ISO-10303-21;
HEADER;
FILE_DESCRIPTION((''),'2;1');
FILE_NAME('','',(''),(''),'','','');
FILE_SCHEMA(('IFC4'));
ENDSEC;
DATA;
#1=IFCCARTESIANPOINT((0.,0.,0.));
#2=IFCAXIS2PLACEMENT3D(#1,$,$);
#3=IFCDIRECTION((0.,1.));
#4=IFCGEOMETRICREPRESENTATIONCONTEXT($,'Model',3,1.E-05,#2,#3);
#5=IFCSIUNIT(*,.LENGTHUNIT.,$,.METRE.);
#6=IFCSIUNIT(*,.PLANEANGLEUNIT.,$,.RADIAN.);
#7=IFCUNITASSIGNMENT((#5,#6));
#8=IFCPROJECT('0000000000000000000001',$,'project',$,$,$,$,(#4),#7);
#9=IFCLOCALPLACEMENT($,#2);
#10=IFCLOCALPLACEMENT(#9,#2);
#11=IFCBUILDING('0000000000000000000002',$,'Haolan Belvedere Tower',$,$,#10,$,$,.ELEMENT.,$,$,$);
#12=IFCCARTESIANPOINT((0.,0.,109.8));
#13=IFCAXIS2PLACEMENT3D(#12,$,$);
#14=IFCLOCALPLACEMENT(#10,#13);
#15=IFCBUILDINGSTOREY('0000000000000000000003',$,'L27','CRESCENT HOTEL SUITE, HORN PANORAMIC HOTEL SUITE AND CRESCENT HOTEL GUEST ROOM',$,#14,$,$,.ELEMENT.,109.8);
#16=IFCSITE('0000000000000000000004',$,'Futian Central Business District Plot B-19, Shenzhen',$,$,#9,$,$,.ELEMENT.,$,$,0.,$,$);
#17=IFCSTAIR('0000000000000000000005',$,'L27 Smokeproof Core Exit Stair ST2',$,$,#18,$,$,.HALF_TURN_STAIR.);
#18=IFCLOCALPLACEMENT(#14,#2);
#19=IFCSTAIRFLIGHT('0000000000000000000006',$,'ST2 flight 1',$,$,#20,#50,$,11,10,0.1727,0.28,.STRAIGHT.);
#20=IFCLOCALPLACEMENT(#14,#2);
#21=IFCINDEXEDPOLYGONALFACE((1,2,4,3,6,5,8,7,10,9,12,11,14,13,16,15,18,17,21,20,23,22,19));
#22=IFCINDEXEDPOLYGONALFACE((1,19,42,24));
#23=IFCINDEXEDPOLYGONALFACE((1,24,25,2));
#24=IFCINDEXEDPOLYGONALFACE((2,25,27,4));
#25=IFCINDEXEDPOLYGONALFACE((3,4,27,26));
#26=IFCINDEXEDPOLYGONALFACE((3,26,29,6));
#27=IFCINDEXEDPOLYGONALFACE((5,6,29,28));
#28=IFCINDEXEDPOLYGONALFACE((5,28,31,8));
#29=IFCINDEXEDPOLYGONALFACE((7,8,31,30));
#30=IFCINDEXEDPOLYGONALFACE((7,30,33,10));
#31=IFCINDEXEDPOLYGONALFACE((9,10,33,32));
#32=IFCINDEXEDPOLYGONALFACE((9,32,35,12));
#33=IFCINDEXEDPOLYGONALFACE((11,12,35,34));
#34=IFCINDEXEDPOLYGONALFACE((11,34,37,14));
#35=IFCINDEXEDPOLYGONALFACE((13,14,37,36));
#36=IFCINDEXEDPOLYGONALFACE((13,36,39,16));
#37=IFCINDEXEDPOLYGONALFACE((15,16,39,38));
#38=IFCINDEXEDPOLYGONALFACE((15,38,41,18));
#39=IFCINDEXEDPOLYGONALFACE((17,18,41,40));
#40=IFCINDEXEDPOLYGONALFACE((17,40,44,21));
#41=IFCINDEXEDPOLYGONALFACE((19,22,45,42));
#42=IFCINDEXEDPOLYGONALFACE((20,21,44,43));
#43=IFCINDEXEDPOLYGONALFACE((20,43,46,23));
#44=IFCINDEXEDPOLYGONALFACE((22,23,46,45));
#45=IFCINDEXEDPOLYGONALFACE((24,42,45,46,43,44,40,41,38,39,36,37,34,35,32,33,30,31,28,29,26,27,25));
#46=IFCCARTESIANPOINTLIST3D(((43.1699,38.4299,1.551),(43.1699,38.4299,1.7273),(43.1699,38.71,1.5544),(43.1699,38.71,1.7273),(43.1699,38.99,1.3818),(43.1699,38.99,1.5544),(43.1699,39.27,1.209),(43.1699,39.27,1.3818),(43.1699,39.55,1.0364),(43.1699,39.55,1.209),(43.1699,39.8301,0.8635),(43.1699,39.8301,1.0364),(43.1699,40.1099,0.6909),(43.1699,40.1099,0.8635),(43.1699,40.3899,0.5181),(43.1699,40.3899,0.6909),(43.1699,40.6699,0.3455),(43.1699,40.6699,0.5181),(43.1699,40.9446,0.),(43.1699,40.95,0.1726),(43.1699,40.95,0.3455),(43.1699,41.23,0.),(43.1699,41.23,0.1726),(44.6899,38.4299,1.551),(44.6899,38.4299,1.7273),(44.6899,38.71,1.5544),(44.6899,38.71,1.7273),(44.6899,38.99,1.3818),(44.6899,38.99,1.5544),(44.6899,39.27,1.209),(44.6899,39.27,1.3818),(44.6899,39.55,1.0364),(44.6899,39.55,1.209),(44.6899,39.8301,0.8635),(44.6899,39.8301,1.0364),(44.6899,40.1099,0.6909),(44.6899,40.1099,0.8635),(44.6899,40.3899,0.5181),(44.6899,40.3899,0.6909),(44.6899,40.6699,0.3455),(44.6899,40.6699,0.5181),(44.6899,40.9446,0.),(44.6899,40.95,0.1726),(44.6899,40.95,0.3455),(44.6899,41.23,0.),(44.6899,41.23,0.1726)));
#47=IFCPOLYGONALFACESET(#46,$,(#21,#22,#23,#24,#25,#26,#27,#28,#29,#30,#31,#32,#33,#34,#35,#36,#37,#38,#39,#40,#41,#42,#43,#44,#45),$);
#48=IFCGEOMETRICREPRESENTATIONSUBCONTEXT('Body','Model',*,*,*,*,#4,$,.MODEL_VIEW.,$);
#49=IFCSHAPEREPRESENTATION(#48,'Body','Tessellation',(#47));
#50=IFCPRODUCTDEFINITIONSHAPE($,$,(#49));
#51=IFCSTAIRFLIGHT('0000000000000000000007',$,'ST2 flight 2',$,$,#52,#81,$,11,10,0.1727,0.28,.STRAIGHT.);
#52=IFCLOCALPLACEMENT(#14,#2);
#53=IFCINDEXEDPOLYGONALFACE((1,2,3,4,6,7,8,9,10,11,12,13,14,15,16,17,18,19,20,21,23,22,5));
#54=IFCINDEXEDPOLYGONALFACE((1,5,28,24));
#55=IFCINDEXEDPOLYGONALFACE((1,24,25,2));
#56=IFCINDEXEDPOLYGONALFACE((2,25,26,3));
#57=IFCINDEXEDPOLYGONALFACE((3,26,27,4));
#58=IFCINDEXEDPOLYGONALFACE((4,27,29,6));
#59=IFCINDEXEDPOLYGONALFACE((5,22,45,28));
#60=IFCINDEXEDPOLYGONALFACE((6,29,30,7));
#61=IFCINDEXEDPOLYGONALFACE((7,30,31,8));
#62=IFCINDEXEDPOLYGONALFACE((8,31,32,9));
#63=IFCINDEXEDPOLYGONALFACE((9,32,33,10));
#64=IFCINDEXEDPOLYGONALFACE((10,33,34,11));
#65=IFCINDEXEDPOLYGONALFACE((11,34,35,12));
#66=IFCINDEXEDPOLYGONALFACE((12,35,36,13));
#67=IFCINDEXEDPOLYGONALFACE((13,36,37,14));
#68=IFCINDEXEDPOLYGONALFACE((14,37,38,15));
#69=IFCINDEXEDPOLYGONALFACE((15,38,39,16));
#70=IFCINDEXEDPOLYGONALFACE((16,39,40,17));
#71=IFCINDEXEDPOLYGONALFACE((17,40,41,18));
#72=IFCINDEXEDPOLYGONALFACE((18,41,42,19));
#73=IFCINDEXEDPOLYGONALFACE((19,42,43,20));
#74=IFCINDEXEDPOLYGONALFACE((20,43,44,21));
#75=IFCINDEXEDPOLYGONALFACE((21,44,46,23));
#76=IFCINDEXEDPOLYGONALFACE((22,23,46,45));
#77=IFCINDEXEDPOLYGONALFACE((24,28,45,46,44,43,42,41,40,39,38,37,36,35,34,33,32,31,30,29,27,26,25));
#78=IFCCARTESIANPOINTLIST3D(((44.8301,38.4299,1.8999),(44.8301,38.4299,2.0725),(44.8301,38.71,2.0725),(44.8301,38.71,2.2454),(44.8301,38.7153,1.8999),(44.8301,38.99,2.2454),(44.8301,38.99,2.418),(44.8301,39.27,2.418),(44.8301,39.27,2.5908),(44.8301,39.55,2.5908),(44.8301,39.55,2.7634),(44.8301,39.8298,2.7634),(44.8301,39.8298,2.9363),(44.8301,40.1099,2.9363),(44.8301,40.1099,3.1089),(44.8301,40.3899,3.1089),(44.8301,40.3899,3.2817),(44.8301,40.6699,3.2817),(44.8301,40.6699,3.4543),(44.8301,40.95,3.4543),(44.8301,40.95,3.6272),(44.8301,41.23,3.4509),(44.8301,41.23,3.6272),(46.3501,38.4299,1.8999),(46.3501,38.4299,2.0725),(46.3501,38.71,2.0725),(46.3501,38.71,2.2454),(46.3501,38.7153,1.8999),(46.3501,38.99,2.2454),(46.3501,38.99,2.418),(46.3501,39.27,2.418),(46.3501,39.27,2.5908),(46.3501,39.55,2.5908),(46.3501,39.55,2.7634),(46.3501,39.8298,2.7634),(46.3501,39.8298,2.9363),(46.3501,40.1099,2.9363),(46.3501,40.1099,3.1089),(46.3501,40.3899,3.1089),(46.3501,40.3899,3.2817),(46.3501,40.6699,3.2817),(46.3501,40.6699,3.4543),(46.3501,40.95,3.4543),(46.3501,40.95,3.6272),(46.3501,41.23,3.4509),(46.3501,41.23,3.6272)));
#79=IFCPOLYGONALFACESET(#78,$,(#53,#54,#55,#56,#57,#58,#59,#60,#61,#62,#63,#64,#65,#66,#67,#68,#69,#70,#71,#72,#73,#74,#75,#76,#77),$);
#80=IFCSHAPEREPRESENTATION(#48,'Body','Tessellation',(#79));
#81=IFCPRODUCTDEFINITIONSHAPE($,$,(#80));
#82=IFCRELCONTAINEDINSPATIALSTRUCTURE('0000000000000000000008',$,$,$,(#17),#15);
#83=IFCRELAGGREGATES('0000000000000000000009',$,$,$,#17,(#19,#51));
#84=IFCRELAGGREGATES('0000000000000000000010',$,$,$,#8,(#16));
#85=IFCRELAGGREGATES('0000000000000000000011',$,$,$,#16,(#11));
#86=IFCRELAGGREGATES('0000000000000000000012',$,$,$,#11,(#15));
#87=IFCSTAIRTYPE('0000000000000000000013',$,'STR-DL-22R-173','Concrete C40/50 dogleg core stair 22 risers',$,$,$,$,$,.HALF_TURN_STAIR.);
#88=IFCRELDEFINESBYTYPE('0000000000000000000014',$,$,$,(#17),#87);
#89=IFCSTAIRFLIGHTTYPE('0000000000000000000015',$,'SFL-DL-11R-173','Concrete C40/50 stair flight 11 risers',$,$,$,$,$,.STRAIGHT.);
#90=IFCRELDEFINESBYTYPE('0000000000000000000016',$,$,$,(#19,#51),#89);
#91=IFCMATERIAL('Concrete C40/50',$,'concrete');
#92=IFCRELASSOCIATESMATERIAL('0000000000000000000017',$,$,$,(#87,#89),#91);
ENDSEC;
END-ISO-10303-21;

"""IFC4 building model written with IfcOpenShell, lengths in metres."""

from ifc_helpers import new_model, si_unit, direction, frame, origin, place, context, subcontext, project, spatial, polyline, outline, extrude, material, type_object, element, aggregate, save


model = new_model("IFC4")

# Units and contexts
model_context = context("Model", 3, precision=1e-05, world=origin(), true_north=direction((0.0, 1.0)))
body_context = subcontext(model_context, "Body", "Model", "MODEL_VIEW")
ifc_project = project(units=[si_unit("LENGTHUNIT", "METRE"), si_unit("PLANEANGLEUNIT", "RADIAN")], contexts=[model_context])

# Site, building, storey
site_placement = place(None, origin())
site = spatial("IfcSite", under=ifc_project, at=site_placement, Name="Futian Central Business District Plot B-19, Shenzhen", CompositionType="ELEMENT", RefElevation=0.0)
building_placement = place(site_placement, origin())
building = spatial("IfcBuilding", under=site, at=building_placement, Name="Haolan Belvedere Tower", CompositionType="ELEMENT")
storey_placement = place(building_placement, frame((0.0, 0.0, 109.8)))
storey = spatial("IfcBuildingStorey", under=building, at=storey_placement, Name="L27", Description="CRESCENT HOTEL SUITE, HORN PANORAMIC HOTEL SUITE AND CRESCENT HOTEL GUEST ROOM", CompositionType="ELEMENT", Elevation=109.8)

# Stair, stair flights
ifc_material_1 = material(Name="Concrete C40/50", Category="concrete")
stair_type = type_object("IfcStairType", Name="STR-DL-22R-173", Description="Concrete C40/50 dogleg core stair 22 risers", PredefinedType="HALF_TURN_STAIR", material=ifc_material_1)
stair_flight_type = type_object("IfcStairFlightType", Name="SFL-DL-11R-173", Description="Concrete C40/50 stair flight 11 risers", PredefinedType="STRAIGHT", material=ifc_material_1)
stair_1_placement = place(storey_placement, origin())
stair_1 = element("IfcStair", 1, at=stair_1_placement, inside=storey, type_object=stair_type, Name="L27 Smokeproof Core Exit Stair ST2", PredefinedType="HALF_TURN_STAIR")
stair_flight_1_placement = place(storey_placement, frame((43.9299, 41.23, 0.0), z_axis=(0.0, 0.0, 1.0), x_axis=(0.0, -1.0, 0.0)))
stair_flight_1 = element("IfcStairFlight", 2, at=stair_flight_1_placement, type_object=stair_flight_type, Name="ST2 flight 1", NumberOfRisers=11, NumberOfTreads=10, PredefinedType="STRAIGHT", RiserHeight=0.1727, TreadLength=0.28, context=body_context, shape_type="SweptSolid", body=[
    extrude(outline(polyline([(0.0, 0.0), (0.0, 0.1726), (0.28, 0.1726), (0.28, 0.3455), (0.5601, 0.3455), (0.5601, 0.5181), (0.8401, 0.5181), (0.8401, 0.6909), (1.1201, 0.6909), (1.1201, 0.8635), (1.3999, 0.8635), (1.3999, 1.0364), (1.6799, 1.0364), (1.6799, 1.209), (1.96, 1.209), (1.96, 1.3818), (2.24, 1.3818), (2.24, 1.5544), (2.52, 1.5544), (2.52, 1.7273), (2.8, 1.7273), (2.8, 1.8999), (2.8, 1.551), (0.2854, 0.0), (0.0, 0.0)])), frame((0.0, 0.76, 0.0), z_axis=(0.0, -1.0, 0.0), x_axis=(1.0, 0.0, 0.0)), (0.0, 0.0, 1.0), 1.52),
])
stair_flight_2_placement = place(storey_placement, frame((45.5901, 38.4299, 1.8999), z_axis=(0.0, 0.0, 1.0), x_axis=(0.0, 1.0, 0.0)))
stair_flight_2 = element("IfcStairFlight", 3, at=stair_flight_2_placement, type_object=stair_flight_type, Name="ST2 flight 2", NumberOfRisers=11, NumberOfTreads=10, PredefinedType="STRAIGHT", RiserHeight=0.1727, TreadLength=0.28, context=body_context, shape_type="SweptSolid", body=[
    extrude(outline(polyline([(0.0, 0.0), (0.0, 0.1726), (0.28, 0.1726), (0.28, 0.3455), (0.5601, 0.3455), (0.5601, 0.5181), (0.8401, 0.5181), (0.8401, 0.6909), (1.1201, 0.6909), (1.1201, 0.8635), (1.3999, 0.8635), (1.3999, 1.0364), (1.6799, 1.0364), (1.6799, 1.209), (1.96, 1.209), (1.96, 1.3818), (2.24, 1.3818), (2.24, 1.5544), (2.52, 1.5544), (2.52, 1.7273), (2.8, 1.7273), (2.8, 1.8999), (2.8, 1.551), (0.2854, 0.0), (0.0, 0.0)])), frame((0.0, 0.76, 0.0), z_axis=(0.0, -1.0, 0.0), x_axis=(1.0, 0.0, 0.0)), (0.0, 0.0, 1.0), 1.52),
])
aggregate(stair_1, [stair_flight_1, stair_flight_2])

save(model, "model.ifc")
